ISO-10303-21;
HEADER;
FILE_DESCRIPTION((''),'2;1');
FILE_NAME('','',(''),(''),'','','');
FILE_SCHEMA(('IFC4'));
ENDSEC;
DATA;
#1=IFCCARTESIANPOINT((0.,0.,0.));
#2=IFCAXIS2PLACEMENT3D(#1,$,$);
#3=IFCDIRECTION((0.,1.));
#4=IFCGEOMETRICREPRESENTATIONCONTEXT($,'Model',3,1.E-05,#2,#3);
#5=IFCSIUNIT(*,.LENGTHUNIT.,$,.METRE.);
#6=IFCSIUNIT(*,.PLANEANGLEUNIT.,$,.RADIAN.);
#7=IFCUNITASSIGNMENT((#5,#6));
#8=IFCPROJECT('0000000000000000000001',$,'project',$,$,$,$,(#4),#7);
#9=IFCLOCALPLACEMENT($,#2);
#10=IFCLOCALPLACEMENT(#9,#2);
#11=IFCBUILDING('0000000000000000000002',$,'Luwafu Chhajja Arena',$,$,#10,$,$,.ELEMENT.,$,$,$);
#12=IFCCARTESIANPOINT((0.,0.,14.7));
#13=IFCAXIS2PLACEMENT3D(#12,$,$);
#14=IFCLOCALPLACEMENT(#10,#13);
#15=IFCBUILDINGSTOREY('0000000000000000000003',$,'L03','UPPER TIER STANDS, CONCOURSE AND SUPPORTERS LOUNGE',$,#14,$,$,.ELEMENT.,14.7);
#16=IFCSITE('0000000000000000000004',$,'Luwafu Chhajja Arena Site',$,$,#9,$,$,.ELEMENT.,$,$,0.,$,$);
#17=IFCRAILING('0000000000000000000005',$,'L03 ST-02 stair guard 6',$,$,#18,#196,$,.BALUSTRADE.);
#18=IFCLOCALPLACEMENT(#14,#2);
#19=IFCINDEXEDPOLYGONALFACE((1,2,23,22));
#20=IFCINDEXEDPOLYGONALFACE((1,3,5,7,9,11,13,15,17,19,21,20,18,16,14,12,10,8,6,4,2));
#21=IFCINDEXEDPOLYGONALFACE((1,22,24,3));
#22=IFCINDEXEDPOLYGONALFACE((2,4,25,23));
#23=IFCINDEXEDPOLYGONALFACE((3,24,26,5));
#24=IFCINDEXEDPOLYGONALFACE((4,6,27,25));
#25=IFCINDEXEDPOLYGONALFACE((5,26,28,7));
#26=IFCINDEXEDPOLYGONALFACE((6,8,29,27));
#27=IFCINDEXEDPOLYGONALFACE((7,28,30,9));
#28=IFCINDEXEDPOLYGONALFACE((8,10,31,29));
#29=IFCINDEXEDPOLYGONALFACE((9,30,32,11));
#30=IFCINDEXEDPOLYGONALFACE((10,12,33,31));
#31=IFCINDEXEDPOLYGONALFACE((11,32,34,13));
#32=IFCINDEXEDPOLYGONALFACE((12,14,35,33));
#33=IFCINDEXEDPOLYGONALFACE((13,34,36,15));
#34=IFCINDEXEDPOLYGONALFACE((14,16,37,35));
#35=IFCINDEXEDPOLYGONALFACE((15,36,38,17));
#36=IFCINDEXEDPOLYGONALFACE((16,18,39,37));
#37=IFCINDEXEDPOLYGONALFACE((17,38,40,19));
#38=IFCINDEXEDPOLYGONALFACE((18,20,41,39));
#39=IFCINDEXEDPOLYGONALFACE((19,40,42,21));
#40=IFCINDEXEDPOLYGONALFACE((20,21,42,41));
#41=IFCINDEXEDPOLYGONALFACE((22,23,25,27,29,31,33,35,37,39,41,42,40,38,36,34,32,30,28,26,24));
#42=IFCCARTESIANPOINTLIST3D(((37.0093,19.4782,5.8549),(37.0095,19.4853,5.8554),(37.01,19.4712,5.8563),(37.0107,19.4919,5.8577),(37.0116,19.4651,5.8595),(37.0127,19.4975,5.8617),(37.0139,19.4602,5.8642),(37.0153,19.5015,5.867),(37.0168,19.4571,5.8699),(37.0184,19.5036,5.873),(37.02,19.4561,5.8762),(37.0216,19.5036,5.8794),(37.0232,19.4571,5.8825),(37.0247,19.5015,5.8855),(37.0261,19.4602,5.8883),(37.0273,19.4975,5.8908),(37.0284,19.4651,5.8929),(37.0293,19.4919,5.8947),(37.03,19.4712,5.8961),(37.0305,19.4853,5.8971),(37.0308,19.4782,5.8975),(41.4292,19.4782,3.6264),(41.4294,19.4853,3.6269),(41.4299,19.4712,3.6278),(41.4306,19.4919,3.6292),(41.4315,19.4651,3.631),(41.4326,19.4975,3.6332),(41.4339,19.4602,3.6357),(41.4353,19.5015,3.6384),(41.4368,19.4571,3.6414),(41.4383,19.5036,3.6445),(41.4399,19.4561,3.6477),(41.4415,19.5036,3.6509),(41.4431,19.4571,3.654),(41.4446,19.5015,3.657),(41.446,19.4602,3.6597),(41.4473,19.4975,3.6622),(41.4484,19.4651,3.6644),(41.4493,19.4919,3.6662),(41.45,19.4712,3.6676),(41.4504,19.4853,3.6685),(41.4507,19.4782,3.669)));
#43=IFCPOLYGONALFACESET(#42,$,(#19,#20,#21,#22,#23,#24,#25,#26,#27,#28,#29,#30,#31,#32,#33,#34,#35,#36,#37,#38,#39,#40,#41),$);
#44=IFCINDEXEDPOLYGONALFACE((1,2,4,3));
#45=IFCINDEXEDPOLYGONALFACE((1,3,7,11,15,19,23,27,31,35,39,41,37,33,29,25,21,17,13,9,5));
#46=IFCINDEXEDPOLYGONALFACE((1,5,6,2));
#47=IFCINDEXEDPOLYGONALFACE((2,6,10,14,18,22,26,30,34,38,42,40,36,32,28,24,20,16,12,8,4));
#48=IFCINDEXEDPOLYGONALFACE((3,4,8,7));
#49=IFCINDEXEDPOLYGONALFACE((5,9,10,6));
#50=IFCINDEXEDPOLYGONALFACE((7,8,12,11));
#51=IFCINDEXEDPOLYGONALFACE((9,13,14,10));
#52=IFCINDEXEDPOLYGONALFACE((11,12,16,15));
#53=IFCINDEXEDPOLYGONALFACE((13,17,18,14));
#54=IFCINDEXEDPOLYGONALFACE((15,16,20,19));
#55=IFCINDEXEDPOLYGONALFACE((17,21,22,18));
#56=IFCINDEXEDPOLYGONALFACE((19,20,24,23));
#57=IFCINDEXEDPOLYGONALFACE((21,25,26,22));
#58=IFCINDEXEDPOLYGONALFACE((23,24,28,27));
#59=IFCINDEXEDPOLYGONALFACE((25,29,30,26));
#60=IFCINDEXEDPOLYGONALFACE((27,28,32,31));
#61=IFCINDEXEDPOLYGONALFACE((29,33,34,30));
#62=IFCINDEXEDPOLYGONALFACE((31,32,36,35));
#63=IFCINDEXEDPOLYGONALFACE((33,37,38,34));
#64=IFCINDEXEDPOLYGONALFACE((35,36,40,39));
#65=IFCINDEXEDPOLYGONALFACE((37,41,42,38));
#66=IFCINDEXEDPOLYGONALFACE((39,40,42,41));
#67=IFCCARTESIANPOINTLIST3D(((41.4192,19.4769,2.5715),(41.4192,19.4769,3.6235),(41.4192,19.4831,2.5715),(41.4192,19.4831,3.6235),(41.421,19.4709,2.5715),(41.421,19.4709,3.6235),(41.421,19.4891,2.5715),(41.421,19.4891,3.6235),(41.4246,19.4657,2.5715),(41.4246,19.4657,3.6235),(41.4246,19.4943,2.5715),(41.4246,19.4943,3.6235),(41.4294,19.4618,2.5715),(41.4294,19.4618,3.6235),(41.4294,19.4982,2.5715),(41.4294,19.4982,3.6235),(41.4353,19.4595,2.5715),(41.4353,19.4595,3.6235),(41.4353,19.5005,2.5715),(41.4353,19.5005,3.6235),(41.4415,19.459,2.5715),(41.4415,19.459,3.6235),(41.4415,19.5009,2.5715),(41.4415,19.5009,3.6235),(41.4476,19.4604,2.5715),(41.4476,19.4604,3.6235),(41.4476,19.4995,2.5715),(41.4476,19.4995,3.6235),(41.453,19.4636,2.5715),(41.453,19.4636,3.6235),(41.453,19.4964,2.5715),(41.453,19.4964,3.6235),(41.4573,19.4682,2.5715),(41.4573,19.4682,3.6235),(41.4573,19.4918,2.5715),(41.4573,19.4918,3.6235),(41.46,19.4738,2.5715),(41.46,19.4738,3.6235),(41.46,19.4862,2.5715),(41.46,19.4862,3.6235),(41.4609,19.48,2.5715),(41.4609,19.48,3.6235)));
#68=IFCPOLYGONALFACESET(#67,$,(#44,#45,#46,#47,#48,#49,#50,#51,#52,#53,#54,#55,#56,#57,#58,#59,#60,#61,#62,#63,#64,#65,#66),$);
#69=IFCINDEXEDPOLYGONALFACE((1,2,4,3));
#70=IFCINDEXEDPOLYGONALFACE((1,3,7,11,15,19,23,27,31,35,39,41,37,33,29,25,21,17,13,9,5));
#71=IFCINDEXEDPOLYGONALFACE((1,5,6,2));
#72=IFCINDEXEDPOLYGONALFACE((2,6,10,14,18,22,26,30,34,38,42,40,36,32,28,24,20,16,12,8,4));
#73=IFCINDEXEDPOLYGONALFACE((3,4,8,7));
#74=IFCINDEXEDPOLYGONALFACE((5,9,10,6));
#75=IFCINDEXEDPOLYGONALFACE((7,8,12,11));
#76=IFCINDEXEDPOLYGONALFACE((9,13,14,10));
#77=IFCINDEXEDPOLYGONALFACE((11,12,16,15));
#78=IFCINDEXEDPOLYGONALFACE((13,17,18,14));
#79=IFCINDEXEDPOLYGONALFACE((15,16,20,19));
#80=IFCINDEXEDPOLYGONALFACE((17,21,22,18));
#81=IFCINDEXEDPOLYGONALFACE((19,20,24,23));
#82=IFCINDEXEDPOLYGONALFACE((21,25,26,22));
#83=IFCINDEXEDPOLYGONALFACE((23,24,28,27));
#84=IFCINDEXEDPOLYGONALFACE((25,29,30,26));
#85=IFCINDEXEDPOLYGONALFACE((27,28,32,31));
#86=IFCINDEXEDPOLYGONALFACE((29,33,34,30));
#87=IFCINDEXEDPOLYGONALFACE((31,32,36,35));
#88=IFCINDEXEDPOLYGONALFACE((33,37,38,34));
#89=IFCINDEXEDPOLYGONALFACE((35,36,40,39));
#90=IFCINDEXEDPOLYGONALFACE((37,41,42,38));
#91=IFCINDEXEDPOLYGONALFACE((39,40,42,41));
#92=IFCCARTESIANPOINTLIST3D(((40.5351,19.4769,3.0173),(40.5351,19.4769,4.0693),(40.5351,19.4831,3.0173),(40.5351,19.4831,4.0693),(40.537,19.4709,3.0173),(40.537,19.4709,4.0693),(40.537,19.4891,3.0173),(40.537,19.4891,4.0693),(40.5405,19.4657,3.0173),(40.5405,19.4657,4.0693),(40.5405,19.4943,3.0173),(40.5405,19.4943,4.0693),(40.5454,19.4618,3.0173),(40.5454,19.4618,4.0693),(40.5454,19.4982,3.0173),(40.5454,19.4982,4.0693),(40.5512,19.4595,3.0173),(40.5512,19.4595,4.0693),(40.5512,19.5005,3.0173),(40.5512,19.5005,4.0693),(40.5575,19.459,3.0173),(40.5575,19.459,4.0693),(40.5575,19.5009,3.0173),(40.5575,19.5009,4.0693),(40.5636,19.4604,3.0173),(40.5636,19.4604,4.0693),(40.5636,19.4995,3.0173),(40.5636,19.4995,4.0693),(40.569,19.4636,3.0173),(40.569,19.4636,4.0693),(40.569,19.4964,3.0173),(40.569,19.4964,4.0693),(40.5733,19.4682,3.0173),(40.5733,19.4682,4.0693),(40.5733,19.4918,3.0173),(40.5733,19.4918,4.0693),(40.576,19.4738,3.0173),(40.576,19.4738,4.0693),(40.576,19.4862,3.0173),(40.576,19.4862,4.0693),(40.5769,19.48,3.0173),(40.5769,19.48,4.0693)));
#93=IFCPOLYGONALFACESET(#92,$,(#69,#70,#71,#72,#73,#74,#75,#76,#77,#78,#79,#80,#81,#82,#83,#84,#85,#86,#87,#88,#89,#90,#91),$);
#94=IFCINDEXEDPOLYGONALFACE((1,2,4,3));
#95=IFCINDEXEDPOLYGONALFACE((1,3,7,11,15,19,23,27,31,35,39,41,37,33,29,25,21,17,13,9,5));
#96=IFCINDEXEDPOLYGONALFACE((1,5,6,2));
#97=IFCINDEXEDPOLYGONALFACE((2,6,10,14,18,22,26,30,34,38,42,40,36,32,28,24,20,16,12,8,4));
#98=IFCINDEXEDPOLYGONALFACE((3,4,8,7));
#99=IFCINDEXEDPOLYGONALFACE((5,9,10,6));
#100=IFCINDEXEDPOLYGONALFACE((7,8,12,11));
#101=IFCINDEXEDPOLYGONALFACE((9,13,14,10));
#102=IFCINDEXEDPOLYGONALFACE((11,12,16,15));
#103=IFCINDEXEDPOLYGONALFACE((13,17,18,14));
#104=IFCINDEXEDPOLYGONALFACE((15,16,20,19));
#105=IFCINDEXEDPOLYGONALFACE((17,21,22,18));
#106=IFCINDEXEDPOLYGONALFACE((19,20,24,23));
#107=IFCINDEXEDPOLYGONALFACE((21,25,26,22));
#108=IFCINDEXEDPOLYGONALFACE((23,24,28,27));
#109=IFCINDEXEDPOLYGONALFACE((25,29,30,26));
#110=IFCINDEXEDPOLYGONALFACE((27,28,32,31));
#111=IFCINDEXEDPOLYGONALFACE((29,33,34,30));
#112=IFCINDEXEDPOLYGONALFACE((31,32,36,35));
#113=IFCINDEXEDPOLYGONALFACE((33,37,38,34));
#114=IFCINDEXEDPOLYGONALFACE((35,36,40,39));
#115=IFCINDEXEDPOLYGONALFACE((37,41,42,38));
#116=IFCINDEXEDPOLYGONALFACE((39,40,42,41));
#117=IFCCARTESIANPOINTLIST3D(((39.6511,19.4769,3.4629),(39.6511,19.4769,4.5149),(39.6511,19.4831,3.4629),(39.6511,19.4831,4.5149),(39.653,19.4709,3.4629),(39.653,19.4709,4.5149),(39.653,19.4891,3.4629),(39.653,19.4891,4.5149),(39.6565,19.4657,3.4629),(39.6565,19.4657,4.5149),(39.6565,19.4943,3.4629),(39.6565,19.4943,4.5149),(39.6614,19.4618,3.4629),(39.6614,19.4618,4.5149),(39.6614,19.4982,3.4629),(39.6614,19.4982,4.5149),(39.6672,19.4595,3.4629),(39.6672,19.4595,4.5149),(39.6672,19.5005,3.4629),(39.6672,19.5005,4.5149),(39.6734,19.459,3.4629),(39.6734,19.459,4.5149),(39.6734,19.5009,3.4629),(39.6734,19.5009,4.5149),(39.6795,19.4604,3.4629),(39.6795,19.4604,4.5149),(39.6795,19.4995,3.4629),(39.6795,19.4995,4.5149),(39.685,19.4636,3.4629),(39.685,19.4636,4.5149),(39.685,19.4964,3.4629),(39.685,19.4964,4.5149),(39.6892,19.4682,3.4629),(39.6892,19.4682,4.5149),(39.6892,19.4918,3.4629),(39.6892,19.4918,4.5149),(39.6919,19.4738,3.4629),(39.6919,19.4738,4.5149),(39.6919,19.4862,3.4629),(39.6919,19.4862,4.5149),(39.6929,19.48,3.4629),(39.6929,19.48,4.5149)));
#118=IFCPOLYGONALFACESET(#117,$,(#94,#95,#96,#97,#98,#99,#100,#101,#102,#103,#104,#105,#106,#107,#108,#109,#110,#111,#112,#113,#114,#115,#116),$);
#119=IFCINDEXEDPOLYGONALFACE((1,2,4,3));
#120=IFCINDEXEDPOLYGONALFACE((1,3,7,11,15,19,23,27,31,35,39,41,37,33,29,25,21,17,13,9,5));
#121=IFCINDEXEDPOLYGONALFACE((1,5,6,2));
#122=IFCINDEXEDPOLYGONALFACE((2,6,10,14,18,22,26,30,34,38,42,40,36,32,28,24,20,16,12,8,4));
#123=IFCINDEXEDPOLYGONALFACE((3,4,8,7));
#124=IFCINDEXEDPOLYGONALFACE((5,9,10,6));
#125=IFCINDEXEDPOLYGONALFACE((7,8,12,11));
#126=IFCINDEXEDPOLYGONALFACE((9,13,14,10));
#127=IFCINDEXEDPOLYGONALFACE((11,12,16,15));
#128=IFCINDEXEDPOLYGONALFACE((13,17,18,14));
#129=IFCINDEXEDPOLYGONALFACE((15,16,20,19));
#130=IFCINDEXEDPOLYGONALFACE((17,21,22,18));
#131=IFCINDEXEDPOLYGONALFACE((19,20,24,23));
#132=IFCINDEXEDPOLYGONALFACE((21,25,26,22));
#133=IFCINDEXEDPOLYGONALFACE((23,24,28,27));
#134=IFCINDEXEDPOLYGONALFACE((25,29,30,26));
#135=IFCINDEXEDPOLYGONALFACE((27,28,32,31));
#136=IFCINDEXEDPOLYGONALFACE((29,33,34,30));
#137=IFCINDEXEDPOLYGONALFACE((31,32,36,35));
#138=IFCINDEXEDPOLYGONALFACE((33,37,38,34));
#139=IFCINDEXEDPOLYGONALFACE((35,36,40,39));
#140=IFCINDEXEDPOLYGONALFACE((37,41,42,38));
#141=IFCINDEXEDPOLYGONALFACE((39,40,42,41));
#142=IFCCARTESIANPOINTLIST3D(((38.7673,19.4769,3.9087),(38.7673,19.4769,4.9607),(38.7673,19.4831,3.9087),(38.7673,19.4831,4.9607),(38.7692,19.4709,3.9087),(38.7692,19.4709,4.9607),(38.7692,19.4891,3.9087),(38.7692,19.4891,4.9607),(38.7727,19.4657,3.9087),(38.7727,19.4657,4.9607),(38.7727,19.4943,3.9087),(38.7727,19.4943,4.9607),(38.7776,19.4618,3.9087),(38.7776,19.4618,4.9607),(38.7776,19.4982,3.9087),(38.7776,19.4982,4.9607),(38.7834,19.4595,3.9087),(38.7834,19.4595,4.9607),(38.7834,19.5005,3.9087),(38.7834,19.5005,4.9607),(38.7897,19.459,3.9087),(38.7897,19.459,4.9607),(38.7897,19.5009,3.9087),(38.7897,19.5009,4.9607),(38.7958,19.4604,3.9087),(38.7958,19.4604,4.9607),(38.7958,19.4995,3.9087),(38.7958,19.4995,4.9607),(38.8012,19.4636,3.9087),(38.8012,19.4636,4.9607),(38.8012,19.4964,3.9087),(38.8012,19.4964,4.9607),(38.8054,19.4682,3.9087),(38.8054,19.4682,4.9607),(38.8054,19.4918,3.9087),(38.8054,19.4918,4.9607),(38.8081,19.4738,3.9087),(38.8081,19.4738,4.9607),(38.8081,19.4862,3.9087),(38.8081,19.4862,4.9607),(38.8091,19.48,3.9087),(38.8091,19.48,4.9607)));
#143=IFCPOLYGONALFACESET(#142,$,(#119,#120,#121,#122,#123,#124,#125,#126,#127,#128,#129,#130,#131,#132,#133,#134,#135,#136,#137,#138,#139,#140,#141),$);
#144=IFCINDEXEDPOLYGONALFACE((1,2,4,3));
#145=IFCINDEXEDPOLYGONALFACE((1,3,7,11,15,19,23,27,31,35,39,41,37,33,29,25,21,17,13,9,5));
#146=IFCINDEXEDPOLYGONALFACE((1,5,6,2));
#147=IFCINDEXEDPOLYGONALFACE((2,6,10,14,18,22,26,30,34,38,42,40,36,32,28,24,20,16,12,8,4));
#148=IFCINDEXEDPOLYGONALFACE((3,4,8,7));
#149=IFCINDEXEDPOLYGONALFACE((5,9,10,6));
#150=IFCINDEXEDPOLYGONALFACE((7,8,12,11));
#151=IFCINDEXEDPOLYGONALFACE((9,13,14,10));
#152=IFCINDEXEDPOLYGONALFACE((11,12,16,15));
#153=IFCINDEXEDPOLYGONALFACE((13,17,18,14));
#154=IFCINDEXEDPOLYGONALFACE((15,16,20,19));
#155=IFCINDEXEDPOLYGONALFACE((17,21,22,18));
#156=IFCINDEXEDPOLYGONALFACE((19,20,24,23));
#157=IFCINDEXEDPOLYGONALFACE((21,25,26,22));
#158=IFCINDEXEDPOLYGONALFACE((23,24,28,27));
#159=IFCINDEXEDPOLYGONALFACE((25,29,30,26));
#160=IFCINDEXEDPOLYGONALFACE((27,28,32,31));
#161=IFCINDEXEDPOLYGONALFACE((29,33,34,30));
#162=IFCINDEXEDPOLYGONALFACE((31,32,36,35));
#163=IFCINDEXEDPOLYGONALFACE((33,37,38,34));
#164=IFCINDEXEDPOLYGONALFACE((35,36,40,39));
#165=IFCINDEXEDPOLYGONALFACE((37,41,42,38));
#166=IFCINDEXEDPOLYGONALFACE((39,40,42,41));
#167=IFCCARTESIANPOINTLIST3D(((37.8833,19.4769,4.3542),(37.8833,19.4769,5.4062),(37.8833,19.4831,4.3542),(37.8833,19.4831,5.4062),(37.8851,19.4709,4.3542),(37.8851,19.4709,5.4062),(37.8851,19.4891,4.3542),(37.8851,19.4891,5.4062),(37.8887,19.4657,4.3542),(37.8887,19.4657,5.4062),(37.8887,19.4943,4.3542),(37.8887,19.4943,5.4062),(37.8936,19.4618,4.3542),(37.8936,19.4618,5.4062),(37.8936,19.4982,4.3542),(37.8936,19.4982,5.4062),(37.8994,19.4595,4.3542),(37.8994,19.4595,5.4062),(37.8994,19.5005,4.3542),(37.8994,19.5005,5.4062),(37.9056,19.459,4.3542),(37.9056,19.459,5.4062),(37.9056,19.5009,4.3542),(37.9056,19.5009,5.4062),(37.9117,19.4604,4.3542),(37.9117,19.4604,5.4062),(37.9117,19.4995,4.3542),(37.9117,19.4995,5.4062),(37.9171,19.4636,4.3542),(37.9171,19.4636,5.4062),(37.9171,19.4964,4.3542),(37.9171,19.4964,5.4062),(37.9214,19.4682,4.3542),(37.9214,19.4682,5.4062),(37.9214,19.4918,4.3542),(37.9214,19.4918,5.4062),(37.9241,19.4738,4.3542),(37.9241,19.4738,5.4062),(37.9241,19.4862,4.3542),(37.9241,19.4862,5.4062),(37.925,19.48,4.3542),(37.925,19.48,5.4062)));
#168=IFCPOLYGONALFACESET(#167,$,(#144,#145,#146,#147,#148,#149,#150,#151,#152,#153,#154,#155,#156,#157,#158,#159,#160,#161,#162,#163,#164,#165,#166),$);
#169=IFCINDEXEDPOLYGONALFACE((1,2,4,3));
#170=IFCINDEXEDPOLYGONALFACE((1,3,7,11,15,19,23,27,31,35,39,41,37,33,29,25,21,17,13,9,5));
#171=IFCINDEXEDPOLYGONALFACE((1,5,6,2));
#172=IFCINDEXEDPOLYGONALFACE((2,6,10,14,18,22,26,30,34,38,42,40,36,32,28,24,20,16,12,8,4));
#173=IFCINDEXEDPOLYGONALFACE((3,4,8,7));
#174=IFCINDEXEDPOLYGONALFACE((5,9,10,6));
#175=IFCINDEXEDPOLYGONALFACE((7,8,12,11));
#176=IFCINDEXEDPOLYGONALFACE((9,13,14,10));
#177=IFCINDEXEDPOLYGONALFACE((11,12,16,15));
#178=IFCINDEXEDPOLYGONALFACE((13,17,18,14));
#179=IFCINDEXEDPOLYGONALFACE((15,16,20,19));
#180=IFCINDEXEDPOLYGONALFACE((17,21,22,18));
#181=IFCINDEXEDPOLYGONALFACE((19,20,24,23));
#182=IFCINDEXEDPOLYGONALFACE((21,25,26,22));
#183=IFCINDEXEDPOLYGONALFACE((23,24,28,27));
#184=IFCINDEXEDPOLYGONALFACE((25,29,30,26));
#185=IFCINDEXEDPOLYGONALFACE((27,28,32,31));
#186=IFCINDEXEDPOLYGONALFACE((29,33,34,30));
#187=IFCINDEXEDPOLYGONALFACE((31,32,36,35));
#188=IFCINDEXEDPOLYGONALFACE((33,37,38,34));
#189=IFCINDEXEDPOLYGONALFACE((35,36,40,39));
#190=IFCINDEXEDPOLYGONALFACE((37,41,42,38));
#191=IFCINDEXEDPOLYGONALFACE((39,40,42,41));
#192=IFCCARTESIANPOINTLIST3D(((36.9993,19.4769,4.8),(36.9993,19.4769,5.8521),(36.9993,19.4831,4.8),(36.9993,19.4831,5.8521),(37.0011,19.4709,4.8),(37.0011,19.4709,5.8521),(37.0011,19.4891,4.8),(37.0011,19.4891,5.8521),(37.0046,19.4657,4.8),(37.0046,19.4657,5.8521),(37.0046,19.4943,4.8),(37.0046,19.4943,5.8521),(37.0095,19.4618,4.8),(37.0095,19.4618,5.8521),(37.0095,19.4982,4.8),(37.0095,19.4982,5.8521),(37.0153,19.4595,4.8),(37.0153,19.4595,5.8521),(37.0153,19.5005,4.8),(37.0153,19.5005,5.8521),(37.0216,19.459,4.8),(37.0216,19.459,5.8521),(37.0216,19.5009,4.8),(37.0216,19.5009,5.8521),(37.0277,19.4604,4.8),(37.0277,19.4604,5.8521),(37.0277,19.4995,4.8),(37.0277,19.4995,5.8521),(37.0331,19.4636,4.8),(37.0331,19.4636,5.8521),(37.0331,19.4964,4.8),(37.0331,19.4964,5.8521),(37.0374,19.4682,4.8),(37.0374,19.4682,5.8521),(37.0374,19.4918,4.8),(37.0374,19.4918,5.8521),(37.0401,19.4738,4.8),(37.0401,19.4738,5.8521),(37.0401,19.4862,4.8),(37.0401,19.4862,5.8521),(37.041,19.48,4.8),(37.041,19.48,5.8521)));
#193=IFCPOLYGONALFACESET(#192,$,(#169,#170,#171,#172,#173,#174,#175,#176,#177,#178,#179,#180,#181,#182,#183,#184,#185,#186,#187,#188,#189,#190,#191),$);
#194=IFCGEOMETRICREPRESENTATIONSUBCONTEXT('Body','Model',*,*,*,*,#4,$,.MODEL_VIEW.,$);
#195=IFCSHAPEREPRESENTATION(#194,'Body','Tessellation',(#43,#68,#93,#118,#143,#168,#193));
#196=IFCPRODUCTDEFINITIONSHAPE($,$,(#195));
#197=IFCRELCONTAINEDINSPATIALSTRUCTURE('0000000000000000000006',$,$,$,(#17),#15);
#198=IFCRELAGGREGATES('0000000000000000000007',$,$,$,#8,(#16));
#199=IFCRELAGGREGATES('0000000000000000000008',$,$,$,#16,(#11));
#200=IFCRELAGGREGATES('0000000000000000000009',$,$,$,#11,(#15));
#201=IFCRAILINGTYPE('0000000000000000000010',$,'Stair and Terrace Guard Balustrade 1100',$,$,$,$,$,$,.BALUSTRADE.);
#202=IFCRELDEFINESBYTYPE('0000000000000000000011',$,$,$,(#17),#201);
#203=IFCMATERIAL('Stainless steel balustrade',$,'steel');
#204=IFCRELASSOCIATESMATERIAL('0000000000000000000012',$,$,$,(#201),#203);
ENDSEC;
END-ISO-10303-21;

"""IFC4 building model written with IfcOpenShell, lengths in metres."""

from ifc_helpers import new_model, si_unit, direction, frame, origin, origin_2d, place, context, subcontext, project, spatial, circle, extrude, material, type_object, element, save


model = new_model("IFC4")

# Units and contexts
model_context = context("Model", 3, precision=1e-05, world=origin(), true_north=direction((0.0, 1.0)))
body_context = subcontext(model_context, "Body", "Model", "MODEL_VIEW")
ifc_project = project(units=[si_unit("LENGTHUNIT", "METRE"), si_unit("PLANEANGLEUNIT", "RADIAN")], contexts=[model_context])

# Site, building, storey
site_placement = place(None, origin())
site = spatial("IfcSite", under=ifc_project, at=site_placement, Name="Luwafu Chhajja Arena Site", CompositionType="ELEMENT", RefElevation=0.0)
building_placement = place(site_placement, origin())
building = spatial("IfcBuilding", under=site, at=building_placement, Name="Luwafu Chhajja Arena", CompositionType="ELEMENT")
storey_placement = place(building_placement, frame((0.0, 0.0, 14.7)))
storey = spatial("IfcBuildingStorey", under=building, at=storey_placement, Name="L03", Description="UPPER TIER STANDS, CONCOURSE AND SUPPORTERS LOUNGE", CompositionType="ELEMENT", Elevation=14.7)

# Railing
ifc_material_1 = material(Name="Stainless steel balustrade", Category="steel")
railing_type_1 = type_object("IfcRailingType", Name="Stair and Terrace Guard Balustrade 1100", PredefinedType="BALUSTRADE", material=ifc_material_1)
railing_1_placement = place(storey_placement, frame((41.4399, 19.48, 2.5715)))
element("IfcRailing", 1, at=railing_1_placement, inside=storey, type_object=railing_type_1, Name="L03 ST-02 stair guard 6", PredefinedType="BALUSTRADE", context=body_context, shape_type="SweptSolid", body=[
    extrude(circle(Radius=0.0239, at=origin_2d()), frame((0.0, 0.0, 1.0762), z_axis=(-0.892923, 0.0, 0.45021), x_axis=(0.0, -1.0, 0.0)), (0.0, 0.0, 1.0), 4.95),
    extrude(circle(Radius=0.021, at=origin_2d()), origin(), (0.0, 0.0, 1.0), 1.052),
    extrude(circle(Radius=0.021, at=origin_2d()), frame((-0.884, 0.0, 0.4458)), (0.0, 0.0, 1.0), 1.052),
    extrude(circle(Radius=0.021, at=origin_2d()), frame((-1.7681, 0.0, 0.8914)), (0.0, 0.0, 1.0), 1.052),
    extrude(circle(Radius=0.021, at=origin_2d()), frame((-2.6519, 0.0, 1.3372)), (0.0, 0.0, 1.0), 1.052),
    extrude(circle(Radius=0.021, at=origin_2d()), frame((-3.5359, 0.0, 1.7827)), (0.0, 0.0, 1.0), 1.052),
    extrude(circle(Radius=0.021, at=origin_2d()), frame((-4.4199, 0.0, 2.2285)), (0.0, 0.0, 1.0), 1.052),
])

save(model, "model.ifc")
